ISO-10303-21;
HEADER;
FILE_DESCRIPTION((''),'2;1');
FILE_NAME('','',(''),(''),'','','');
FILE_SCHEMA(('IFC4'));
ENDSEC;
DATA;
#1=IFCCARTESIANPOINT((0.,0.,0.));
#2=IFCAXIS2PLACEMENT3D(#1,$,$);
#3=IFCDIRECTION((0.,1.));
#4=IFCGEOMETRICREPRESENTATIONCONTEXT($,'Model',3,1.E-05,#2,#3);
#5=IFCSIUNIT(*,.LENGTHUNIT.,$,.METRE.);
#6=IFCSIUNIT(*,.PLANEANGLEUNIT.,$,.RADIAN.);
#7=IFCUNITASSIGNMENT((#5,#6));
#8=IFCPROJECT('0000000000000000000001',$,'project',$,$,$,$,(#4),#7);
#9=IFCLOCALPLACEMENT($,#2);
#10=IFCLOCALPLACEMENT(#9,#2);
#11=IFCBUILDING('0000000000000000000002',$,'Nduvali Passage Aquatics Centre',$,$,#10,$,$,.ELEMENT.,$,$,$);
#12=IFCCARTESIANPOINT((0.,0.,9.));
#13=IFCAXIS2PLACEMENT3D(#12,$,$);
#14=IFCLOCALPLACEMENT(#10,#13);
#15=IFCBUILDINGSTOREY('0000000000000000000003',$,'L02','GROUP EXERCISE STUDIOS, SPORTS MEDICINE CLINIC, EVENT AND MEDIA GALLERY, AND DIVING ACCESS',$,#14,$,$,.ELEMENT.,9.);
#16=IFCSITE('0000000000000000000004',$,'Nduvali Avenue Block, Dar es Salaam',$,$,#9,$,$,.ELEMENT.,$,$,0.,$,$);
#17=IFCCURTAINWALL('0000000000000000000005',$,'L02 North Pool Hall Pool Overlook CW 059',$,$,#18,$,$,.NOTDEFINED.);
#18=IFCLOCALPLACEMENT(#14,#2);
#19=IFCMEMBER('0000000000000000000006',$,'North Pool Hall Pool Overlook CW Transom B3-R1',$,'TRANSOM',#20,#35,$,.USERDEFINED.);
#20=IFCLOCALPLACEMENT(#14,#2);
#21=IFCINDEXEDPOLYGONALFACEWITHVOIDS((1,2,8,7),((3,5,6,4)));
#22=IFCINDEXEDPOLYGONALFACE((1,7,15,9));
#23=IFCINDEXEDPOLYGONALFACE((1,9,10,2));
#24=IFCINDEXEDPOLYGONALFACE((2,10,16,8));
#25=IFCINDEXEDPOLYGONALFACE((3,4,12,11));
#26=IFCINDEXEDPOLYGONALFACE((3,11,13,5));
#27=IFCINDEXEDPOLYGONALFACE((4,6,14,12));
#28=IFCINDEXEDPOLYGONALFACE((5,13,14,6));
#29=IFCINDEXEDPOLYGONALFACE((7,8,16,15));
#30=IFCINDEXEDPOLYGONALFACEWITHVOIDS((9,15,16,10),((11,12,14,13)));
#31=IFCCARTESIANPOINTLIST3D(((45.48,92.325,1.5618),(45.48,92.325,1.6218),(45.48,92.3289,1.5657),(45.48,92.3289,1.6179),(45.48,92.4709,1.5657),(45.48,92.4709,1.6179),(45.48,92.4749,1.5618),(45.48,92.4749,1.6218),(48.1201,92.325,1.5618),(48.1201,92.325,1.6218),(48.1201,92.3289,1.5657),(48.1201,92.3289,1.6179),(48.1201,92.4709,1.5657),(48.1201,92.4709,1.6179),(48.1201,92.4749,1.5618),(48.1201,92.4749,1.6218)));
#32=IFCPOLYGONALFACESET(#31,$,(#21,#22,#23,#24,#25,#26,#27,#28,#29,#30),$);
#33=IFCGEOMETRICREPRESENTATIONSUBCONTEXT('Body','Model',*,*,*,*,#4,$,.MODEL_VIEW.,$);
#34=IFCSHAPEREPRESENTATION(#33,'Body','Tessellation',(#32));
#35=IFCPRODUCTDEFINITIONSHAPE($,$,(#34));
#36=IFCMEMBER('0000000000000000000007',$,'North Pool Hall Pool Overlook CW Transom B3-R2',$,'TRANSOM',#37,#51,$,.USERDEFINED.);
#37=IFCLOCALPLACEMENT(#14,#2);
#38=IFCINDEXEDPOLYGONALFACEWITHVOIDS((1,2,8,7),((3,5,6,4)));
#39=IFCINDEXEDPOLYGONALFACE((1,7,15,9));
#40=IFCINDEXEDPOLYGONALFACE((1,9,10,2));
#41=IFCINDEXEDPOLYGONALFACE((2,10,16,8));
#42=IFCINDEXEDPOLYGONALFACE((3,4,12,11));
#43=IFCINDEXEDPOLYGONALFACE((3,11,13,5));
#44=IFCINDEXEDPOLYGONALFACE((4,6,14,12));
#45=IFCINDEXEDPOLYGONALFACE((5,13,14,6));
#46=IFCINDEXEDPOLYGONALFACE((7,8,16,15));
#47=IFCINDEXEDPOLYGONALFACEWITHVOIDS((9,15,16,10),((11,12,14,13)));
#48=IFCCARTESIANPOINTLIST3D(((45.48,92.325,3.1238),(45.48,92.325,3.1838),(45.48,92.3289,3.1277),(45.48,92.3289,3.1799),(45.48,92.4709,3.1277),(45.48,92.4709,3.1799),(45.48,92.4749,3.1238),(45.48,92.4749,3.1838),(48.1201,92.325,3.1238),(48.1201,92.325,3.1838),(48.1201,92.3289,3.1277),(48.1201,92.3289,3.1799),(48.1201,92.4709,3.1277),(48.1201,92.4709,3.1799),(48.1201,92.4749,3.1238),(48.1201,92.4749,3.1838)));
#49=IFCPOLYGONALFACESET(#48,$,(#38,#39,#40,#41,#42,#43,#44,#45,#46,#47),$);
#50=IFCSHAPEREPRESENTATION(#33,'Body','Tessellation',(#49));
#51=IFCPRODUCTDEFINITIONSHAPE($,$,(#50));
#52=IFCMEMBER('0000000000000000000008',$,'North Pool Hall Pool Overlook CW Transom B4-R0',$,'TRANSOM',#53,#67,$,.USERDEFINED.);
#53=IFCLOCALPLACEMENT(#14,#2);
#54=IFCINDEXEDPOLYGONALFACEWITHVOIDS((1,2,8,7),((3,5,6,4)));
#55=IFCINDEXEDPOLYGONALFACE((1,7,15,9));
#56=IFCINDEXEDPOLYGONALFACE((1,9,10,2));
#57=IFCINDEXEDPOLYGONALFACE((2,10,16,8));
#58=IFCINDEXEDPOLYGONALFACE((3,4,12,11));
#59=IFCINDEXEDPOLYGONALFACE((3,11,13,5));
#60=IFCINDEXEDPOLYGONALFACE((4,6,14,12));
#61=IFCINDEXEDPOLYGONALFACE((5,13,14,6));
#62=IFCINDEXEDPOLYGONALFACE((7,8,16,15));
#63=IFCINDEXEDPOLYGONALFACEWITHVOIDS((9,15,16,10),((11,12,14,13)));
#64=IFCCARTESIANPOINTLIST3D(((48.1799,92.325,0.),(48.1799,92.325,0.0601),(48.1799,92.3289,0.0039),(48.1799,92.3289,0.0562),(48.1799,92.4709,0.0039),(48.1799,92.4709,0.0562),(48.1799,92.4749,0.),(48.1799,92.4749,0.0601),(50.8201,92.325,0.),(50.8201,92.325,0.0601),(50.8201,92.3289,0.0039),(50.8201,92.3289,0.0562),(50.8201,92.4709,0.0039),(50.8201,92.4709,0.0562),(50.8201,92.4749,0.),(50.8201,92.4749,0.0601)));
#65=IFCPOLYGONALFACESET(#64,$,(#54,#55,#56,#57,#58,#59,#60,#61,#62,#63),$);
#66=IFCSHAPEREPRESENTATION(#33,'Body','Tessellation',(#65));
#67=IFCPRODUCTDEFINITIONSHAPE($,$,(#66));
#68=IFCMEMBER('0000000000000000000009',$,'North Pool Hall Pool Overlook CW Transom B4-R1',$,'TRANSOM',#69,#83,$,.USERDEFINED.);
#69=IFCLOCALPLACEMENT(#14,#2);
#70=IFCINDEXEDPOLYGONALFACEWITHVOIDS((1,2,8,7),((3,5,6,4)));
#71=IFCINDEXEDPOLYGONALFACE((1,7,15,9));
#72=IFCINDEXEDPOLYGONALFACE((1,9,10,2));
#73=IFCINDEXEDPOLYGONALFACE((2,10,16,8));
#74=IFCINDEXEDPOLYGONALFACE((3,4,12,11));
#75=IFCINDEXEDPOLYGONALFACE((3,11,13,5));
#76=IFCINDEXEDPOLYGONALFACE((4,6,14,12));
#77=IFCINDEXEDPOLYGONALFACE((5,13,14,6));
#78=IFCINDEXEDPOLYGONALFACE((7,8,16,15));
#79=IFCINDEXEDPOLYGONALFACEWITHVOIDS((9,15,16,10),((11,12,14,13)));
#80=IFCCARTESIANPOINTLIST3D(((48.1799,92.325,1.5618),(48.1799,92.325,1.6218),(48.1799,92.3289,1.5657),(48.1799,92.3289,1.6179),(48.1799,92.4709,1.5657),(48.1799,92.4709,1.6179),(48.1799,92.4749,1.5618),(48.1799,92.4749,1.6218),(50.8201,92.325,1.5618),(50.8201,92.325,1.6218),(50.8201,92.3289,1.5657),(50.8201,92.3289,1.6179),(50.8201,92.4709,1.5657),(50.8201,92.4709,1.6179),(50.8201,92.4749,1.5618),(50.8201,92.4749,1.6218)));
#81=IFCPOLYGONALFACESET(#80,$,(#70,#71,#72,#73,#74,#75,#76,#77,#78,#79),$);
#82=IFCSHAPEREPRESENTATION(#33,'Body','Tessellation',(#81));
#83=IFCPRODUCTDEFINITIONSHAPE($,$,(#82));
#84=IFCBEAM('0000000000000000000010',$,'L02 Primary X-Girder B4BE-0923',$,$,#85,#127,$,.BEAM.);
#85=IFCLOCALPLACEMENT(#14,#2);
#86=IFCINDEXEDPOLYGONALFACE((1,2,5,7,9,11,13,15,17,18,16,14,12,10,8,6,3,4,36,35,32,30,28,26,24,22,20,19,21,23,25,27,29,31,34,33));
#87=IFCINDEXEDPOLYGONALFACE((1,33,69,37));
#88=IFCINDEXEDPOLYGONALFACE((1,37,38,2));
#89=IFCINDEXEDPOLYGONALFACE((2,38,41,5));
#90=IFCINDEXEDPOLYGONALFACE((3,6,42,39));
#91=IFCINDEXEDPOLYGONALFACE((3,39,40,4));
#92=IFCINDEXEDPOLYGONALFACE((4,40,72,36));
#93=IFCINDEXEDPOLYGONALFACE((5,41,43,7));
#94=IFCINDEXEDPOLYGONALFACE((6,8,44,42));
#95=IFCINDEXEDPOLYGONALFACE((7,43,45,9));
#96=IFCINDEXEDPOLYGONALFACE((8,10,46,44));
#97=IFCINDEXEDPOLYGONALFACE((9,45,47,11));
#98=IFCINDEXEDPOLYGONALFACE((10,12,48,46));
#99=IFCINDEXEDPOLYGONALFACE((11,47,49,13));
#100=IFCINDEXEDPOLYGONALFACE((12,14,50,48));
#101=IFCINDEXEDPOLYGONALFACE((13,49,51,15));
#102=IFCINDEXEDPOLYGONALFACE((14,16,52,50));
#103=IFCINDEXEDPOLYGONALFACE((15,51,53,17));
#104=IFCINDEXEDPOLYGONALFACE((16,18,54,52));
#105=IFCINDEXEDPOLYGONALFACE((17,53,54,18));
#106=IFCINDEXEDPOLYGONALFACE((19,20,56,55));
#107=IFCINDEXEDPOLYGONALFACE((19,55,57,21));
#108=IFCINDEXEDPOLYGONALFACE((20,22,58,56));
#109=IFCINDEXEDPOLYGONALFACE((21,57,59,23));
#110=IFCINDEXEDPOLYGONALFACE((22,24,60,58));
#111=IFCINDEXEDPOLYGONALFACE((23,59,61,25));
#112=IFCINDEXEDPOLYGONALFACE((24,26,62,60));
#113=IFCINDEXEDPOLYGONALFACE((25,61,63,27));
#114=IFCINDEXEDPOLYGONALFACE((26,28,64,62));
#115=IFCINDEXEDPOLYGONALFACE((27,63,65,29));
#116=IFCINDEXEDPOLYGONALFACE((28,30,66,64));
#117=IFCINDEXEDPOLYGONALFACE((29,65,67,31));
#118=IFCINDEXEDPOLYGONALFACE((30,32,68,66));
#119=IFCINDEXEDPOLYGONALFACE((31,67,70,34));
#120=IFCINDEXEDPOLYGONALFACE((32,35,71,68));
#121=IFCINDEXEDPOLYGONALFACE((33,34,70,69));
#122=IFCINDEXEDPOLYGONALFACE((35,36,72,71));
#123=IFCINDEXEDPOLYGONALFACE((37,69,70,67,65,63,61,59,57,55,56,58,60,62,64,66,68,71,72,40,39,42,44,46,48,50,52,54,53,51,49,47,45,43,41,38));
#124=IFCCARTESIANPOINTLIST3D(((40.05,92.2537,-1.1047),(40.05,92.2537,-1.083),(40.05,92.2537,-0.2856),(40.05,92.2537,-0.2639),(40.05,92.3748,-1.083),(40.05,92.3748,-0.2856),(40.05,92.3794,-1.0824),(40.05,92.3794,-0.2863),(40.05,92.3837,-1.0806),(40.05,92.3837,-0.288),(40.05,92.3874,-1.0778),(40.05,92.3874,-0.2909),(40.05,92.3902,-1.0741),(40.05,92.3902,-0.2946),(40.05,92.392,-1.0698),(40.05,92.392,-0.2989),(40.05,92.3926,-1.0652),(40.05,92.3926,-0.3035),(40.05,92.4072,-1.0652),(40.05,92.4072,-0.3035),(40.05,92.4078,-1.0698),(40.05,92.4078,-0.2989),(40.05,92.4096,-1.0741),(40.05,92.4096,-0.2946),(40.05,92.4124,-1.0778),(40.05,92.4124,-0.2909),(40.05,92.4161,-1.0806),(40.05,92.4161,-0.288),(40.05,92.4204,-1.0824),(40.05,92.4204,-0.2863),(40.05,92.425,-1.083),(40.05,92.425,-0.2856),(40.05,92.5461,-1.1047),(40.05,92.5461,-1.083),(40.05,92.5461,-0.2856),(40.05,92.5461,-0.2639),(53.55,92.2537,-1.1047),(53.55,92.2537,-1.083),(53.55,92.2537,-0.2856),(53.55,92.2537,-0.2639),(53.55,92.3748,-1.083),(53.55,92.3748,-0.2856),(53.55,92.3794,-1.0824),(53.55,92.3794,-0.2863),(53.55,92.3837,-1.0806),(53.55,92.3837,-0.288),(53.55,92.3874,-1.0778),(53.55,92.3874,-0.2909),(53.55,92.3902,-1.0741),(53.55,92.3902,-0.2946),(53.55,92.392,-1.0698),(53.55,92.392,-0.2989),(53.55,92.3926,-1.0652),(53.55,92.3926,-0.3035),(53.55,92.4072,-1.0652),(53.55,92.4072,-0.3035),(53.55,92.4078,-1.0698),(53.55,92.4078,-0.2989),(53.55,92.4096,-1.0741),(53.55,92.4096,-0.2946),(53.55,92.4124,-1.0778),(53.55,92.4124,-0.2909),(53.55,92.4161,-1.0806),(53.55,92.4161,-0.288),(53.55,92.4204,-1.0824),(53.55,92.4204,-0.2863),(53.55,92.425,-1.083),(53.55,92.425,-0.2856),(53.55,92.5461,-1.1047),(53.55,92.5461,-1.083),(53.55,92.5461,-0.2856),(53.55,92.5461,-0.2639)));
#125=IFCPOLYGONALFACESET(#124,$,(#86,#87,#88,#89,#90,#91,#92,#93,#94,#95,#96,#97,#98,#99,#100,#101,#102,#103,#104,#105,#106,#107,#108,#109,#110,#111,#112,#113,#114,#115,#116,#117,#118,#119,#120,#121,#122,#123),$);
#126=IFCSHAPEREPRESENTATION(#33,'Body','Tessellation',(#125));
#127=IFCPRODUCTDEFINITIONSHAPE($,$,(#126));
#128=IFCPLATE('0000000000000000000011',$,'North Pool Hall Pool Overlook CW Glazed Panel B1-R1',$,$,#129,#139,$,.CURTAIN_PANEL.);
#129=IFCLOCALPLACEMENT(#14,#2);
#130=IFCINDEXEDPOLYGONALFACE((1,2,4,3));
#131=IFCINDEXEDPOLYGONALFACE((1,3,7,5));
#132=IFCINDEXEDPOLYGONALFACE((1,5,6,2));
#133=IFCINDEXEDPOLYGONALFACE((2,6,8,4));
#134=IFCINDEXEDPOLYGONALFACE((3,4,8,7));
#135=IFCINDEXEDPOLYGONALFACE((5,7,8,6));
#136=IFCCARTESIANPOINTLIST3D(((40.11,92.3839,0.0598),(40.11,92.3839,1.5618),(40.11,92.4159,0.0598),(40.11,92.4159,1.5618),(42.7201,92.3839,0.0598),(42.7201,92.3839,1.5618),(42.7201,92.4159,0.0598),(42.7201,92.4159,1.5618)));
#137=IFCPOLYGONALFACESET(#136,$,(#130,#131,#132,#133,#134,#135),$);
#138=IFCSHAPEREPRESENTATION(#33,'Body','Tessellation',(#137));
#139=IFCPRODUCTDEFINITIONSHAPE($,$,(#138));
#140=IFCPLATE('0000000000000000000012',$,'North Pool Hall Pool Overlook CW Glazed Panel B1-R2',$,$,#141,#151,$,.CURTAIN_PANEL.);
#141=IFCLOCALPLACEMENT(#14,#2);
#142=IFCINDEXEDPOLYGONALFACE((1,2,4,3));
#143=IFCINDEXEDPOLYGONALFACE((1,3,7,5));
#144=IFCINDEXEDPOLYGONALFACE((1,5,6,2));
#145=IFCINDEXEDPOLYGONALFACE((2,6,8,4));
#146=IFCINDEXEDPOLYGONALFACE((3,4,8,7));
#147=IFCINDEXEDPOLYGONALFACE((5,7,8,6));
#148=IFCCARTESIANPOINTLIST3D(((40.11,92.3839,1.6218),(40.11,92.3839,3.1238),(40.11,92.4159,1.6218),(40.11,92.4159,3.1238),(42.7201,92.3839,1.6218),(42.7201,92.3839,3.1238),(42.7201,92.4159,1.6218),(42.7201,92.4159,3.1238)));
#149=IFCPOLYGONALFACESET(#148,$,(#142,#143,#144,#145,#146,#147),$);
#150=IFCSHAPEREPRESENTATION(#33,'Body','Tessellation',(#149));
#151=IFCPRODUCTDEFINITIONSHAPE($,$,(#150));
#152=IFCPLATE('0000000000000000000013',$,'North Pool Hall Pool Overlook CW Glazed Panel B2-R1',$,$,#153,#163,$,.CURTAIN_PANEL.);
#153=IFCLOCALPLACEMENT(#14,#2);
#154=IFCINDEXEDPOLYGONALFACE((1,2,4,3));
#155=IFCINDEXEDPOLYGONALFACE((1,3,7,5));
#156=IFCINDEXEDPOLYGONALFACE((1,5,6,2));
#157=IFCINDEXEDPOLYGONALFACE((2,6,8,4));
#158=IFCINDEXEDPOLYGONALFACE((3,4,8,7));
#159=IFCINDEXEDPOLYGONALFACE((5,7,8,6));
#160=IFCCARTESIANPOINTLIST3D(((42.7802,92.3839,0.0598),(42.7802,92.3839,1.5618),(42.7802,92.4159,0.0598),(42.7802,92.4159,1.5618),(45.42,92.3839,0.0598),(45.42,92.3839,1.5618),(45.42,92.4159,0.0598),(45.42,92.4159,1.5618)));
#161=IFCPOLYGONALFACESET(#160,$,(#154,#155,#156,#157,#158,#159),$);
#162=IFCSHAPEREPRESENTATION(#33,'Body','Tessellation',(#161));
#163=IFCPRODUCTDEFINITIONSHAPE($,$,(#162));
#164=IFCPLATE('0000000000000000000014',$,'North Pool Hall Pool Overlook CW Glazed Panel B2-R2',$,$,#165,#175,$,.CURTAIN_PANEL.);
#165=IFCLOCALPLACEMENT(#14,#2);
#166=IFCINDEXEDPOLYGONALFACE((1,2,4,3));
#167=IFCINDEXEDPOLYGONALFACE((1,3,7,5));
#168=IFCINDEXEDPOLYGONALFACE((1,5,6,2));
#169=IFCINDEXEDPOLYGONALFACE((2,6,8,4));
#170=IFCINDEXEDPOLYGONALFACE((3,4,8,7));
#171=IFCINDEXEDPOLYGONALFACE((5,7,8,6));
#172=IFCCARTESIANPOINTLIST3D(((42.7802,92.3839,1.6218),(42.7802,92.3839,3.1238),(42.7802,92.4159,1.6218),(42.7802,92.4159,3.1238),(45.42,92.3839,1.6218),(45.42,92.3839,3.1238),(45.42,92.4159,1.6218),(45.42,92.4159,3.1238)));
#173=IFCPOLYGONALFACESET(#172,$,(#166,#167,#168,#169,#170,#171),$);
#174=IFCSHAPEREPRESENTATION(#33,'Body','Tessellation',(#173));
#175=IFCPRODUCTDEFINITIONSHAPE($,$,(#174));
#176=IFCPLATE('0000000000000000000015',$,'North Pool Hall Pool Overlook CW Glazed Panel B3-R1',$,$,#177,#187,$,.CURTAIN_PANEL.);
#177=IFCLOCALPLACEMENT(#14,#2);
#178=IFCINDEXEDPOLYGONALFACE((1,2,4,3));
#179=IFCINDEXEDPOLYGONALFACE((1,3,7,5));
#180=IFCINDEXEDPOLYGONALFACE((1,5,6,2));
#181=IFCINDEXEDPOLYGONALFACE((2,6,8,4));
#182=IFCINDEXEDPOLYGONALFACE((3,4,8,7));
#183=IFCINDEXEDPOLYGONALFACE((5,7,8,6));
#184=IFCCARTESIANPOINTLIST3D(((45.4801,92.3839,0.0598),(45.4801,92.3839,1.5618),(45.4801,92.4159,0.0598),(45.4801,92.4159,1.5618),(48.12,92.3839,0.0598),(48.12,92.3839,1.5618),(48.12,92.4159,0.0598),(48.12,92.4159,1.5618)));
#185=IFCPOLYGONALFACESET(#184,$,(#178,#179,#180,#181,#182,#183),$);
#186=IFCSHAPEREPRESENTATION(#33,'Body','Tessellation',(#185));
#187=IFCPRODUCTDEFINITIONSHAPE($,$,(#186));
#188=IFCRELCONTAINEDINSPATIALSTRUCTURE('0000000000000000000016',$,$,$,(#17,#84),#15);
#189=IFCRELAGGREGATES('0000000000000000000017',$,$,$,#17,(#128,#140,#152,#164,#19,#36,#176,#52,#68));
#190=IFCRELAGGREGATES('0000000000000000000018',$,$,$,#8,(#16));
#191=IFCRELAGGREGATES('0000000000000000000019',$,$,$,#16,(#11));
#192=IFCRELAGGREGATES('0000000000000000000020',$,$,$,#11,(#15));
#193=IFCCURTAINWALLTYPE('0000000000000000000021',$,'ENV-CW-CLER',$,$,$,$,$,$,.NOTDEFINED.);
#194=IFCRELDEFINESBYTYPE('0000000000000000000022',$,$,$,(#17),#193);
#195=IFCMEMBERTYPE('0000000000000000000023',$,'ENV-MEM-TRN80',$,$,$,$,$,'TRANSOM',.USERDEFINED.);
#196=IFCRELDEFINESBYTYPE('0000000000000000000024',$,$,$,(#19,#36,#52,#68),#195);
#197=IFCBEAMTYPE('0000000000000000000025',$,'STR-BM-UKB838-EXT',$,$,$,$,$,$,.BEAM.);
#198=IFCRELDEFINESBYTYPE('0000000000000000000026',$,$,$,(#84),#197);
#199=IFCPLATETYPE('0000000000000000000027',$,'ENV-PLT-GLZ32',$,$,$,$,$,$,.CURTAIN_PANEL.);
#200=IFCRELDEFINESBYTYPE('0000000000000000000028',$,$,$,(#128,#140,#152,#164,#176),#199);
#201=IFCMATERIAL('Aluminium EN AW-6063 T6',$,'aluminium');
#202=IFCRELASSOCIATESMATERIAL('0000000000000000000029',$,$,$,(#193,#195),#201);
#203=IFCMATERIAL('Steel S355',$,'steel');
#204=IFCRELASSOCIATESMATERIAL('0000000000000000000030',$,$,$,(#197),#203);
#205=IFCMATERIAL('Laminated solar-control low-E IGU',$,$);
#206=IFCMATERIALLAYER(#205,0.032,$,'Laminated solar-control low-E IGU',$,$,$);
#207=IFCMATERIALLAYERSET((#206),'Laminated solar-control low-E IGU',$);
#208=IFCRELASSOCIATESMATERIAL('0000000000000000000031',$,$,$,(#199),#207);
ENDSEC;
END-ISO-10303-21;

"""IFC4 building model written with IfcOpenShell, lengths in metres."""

from ifc_helpers import new_model, si_unit, direction, frame, origin, origin_2d, place, context, subcontext, project, spatial, rectangle, hollow_rectangle, i_section, extrude, material, layer, layer_set, material_profile, profile_set, type_object, element, aggregate, save


model = new_model("IFC4")

# Units and contexts
model_context = context("Model", 3, precision=1e-05, world=origin(), true_north=direction((0.0, 1.0)))
body_context = subcontext(model_context, "Body", "Model", "MODEL_VIEW")
ifc_project = project(units=[si_unit("LENGTHUNIT", "METRE"), si_unit("PLANEANGLEUNIT", "RADIAN")], contexts=[model_context])

# Site, building, storey
site_placement = place(None, origin())
site = spatial("IfcSite", under=ifc_project, at=site_placement, Name="Nduvali Avenue Block, Dar es Salaam", CompositionType="ELEMENT", RefElevation=0.0)
building_placement = place(site_placement, origin())
building = spatial("IfcBuilding", under=site, at=building_placement, Name="Nduvali Passage Aquatics Centre", CompositionType="ELEMENT")
storey_placement = place(building_placement, frame((0.0, 0.0, 9.0)))
storey = spatial("IfcBuildingStorey", under=building, at=storey_placement, Name="L02", Description="GROUP EXERCISE STUDIOS, SPORTS MEDICINE CLINIC, EVENT AND MEDIA GALLERY, AND DIVING ACCESS", CompositionType="ELEMENT", Elevation=9.0)

# Curtain wall, members
ifc_material_1 = material(Name="Aluminium EN AW-6063 T6", Category="aluminium")
curtain_wall_type = type_object("IfcCurtainWallType", Name="ENV-CW-CLER", PredefinedType="NOTDEFINED", material=ifc_material_1)
curtain_wall_placement = place(storey_placement, origin())
curtain_wall = element("IfcCurtainWall", 1, at=curtain_wall_placement, inside=storey, type_object=curtain_wall_type, Name="L02 North Pool Hall Pool Overlook CW 059", PredefinedType="NOTDEFINED")
ifc_material_profile_1 = material_profile(ifc_material_1, hollow_rectangle(XDim=0.1499, YDim=0.0601, WallThickness=0.0039, at=origin_2d()), Name="ALU TRANSOM 150x60x4")
ifc_profile_set_1 = profile_set([ifc_material_profile_1], Name="Aluminium EN AW-6063 T6")
member_type_1 = type_object("IfcMemberType", Name="ENV-MEM-TRN80", ElementType="TRANSOM", PredefinedType="USERDEFINED", material=ifc_profile_set_1)
member_1_placement = place(storey_placement, frame((45.48, 92.3999, 1.5918), z_axis=(1.0, 0.0, 0.0), x_axis=(0.0, 1.0, 0.0)))
member_1 = element("IfcMember", 2, at=member_1_placement, type_object=member_type_1, Name="North Pool Hall Pool Overlook CW Transom B3-R1", ObjectType="TRANSOM", PredefinedType="USERDEFINED", context=body_context, shape_type="SweptSolid", body=[
    extrude(hollow_rectangle(XDim=0.1499, YDim=0.0601, WallThickness=0.0039, at=origin_2d()), origin(), (0.0, 0.0, 1.0), 2.6401),
])
member_2_placement = place(storey_placement, frame((45.48, 92.3999, 3.1538), z_axis=(1.0, 0.0, 0.0), x_axis=(0.0, 1.0, 0.0)))
member_2 = element("IfcMember", 3, at=member_2_placement, type_object=member_type_1, Name="North Pool Hall Pool Overlook CW Transom B3-R2", ObjectType="TRANSOM", PredefinedType="USERDEFINED", context=body_context, shape_type="SweptSolid", body=[
    extrude(hollow_rectangle(XDim=0.1499, YDim=0.0601, WallThickness=0.0039, at=origin_2d()), origin(), (0.0, 0.0, 1.0), 2.6401),
])
member_3_placement = place(storey_placement, frame((48.1799, 92.3999, 0.03), z_axis=(1.0, 0.0, 0.0), x_axis=(0.0, 1.0, 0.0)))
member_3 = element("IfcMember", 4, at=member_3_placement, type_object=member_type_1, Name="North Pool Hall Pool Overlook CW Transom B4-R0", ObjectType="TRANSOM", PredefinedType="USERDEFINED", context=body_context, shape_type="SweptSolid", body=[
    extrude(hollow_rectangle(XDim=0.1499, YDim=0.0601, WallThickness=0.0039, at=origin_2d()), origin(), (0.0, 0.0, 1.0), 2.6401),
])
member_4_placement = place(storey_placement, frame((48.1799, 92.3999, 1.5918), z_axis=(1.0, 0.0, 0.0), x_axis=(0.0, 1.0, 0.0)))
member_4 = element("IfcMember", 5, at=member_4_placement, type_object=member_type_1, Name="North Pool Hall Pool Overlook CW Transom B4-R1", ObjectType="TRANSOM", PredefinedType="USERDEFINED", context=body_context, shape_type="SweptSolid", body=[
    extrude(hollow_rectangle(XDim=0.1499, YDim=0.0601, WallThickness=0.0039, at=origin_2d()), origin(), (0.0, 0.0, 1.0), 2.6401),
])

# Beam
ifc_material_2 = material(Name="Steel S355", Category="steel")
ifc_material_profile_2 = material_profile(ifc_material_2, i_section(OverallWidth=0.2925, OverallDepth=0.8408, WebThickness=0.0146, FlangeThickness=0.0217, FilletRadius=0.0178, at=origin_2d()), Name="UKB 838x292x194")
ifc_profile_set_2 = profile_set([ifc_material_profile_2], Name="Steel S355")
beam_type = type_object("IfcBeamType", Name="STR-BM-UKB838-EXT", PredefinedType="BEAM", material=ifc_profile_set_2)
beam_placement = place(storey_placement, frame((40.05, 92.3999, -0.6843), z_axis=(1.0, 0.0, 0.0), x_axis=(0.0, 1.0, 0.0)))
element("IfcBeam", 6, at=beam_placement, inside=storey, type_object=beam_type, Name="L02 Primary X-Girder B4BE-0923", PredefinedType="BEAM", context=body_context, shape_type="SweptSolid", body=[
    extrude(i_section(OverallWidth=0.2925, OverallDepth=0.8408, WebThickness=0.0146, FlangeThickness=0.0217, FilletRadius=0.0178, at=origin_2d()), origin(), (0.0, 0.0, 1.0), 13.5),
])

# Plates
ifc_material_3 = material(Name="Laminated solar-control low-E IGU")
ifc_layer_1 = layer(ifc_material_3, 0.032, Name="Laminated solar-control low-E IGU")
ifc_layer_set_1 = layer_set([ifc_layer_1], Name="Laminated solar-control low-E IGU")
plate_type = type_object("IfcPlateType", Name="ENV-PLT-GLZ32", PredefinedType="CURTAIN_PANEL", material=ifc_layer_set_1)
plate_1_placement = place(storey_placement, frame((41.415, 92.3999, 0.0598), z_axis=(0.0, 0.0, 1.0), x_axis=(1.0, 0.0, 0.0)))
plate_1 = element("IfcPlate", 7, at=plate_1_placement, type_object=plate_type, Name="North Pool Hall Pool Overlook CW Glazed Panel B1-R1", PredefinedType="CURTAIN_PANEL", context=body_context, shape_type="SweptSolid", body=[
    extrude(rectangle(XDim=2.6101, YDim=0.032, at=origin_2d()), origin(), (0.0, 0.0, 1.0), 1.502),
])
plate_2_placement = place(storey_placement, frame((41.415, 92.3999, 1.6218), z_axis=(0.0, 0.0, 1.0), x_axis=(1.0, 0.0, 0.0)))
plate_2 = element("IfcPlate", 8, at=plate_2_placement, type_object=plate_type, Name="North Pool Hall Pool Overlook CW Glazed Panel B1-R2", PredefinedType="CURTAIN_PANEL", context=body_context, shape_type="SweptSolid", body=[
    extrude(rectangle(XDim=2.6101, YDim=0.032, at=origin_2d()), origin(), (0.0, 0.0, 1.0), 1.502),
])
plate_3_placement = place(storey_placement, frame((44.1001, 92.3999, 0.0598), z_axis=(0.0, 0.0, 1.0), x_axis=(1.0, 0.0, 0.0)))
plate_3 = element("IfcPlate", 9, at=plate_3_placement, type_object=plate_type, Name="North Pool Hall Pool Overlook CW Glazed Panel B2-R1", PredefinedType="CURTAIN_PANEL", context=body_context, shape_type="SweptSolid", body=[
    extrude(rectangle(XDim=2.6399, YDim=0.032, at=origin_2d()), origin(), (0.0, 0.0, 1.0), 1.502),
])
plate_4_placement = place(storey_placement, frame((44.1001, 92.3999, 1.6218), z_axis=(0.0, 0.0, 1.0), x_axis=(1.0, 0.0, 0.0)))
plate_4 = element("IfcPlate", 10, at=plate_4_placement, type_object=plate_type, Name="North Pool Hall Pool Overlook CW Glazed Panel B2-R2", PredefinedType="CURTAIN_PANEL", context=body_context, shape_type="SweptSolid", body=[
    extrude(rectangle(XDim=2.6399, YDim=0.032, at=origin_2d()), origin(), (0.0, 0.0, 1.0), 1.502),
])
plate_5_placement = place(storey_placement, frame((46.8, 92.3999, 0.0598), z_axis=(0.0, 0.0, 1.0), x_axis=(1.0, 0.0, 0.0)))
plate_5 = element("IfcPlate", 11, at=plate_5_placement, type_object=plate_type, Name="North Pool Hall Pool Overlook CW Glazed Panel B3-R1", PredefinedType="CURTAIN_PANEL", context=body_context, shape_type="SweptSolid", body=[
    extrude(rectangle(XDim=2.6399, YDim=0.032, at=origin_2d()), origin(), (0.0, 0.0, 1.0), 1.502),
])
aggregate(curtain_wall, [plate_1, plate_2, plate_3, plate_4, member_1, member_2, plate_5, member_3, member_4])

save(model, "model.ifc")
